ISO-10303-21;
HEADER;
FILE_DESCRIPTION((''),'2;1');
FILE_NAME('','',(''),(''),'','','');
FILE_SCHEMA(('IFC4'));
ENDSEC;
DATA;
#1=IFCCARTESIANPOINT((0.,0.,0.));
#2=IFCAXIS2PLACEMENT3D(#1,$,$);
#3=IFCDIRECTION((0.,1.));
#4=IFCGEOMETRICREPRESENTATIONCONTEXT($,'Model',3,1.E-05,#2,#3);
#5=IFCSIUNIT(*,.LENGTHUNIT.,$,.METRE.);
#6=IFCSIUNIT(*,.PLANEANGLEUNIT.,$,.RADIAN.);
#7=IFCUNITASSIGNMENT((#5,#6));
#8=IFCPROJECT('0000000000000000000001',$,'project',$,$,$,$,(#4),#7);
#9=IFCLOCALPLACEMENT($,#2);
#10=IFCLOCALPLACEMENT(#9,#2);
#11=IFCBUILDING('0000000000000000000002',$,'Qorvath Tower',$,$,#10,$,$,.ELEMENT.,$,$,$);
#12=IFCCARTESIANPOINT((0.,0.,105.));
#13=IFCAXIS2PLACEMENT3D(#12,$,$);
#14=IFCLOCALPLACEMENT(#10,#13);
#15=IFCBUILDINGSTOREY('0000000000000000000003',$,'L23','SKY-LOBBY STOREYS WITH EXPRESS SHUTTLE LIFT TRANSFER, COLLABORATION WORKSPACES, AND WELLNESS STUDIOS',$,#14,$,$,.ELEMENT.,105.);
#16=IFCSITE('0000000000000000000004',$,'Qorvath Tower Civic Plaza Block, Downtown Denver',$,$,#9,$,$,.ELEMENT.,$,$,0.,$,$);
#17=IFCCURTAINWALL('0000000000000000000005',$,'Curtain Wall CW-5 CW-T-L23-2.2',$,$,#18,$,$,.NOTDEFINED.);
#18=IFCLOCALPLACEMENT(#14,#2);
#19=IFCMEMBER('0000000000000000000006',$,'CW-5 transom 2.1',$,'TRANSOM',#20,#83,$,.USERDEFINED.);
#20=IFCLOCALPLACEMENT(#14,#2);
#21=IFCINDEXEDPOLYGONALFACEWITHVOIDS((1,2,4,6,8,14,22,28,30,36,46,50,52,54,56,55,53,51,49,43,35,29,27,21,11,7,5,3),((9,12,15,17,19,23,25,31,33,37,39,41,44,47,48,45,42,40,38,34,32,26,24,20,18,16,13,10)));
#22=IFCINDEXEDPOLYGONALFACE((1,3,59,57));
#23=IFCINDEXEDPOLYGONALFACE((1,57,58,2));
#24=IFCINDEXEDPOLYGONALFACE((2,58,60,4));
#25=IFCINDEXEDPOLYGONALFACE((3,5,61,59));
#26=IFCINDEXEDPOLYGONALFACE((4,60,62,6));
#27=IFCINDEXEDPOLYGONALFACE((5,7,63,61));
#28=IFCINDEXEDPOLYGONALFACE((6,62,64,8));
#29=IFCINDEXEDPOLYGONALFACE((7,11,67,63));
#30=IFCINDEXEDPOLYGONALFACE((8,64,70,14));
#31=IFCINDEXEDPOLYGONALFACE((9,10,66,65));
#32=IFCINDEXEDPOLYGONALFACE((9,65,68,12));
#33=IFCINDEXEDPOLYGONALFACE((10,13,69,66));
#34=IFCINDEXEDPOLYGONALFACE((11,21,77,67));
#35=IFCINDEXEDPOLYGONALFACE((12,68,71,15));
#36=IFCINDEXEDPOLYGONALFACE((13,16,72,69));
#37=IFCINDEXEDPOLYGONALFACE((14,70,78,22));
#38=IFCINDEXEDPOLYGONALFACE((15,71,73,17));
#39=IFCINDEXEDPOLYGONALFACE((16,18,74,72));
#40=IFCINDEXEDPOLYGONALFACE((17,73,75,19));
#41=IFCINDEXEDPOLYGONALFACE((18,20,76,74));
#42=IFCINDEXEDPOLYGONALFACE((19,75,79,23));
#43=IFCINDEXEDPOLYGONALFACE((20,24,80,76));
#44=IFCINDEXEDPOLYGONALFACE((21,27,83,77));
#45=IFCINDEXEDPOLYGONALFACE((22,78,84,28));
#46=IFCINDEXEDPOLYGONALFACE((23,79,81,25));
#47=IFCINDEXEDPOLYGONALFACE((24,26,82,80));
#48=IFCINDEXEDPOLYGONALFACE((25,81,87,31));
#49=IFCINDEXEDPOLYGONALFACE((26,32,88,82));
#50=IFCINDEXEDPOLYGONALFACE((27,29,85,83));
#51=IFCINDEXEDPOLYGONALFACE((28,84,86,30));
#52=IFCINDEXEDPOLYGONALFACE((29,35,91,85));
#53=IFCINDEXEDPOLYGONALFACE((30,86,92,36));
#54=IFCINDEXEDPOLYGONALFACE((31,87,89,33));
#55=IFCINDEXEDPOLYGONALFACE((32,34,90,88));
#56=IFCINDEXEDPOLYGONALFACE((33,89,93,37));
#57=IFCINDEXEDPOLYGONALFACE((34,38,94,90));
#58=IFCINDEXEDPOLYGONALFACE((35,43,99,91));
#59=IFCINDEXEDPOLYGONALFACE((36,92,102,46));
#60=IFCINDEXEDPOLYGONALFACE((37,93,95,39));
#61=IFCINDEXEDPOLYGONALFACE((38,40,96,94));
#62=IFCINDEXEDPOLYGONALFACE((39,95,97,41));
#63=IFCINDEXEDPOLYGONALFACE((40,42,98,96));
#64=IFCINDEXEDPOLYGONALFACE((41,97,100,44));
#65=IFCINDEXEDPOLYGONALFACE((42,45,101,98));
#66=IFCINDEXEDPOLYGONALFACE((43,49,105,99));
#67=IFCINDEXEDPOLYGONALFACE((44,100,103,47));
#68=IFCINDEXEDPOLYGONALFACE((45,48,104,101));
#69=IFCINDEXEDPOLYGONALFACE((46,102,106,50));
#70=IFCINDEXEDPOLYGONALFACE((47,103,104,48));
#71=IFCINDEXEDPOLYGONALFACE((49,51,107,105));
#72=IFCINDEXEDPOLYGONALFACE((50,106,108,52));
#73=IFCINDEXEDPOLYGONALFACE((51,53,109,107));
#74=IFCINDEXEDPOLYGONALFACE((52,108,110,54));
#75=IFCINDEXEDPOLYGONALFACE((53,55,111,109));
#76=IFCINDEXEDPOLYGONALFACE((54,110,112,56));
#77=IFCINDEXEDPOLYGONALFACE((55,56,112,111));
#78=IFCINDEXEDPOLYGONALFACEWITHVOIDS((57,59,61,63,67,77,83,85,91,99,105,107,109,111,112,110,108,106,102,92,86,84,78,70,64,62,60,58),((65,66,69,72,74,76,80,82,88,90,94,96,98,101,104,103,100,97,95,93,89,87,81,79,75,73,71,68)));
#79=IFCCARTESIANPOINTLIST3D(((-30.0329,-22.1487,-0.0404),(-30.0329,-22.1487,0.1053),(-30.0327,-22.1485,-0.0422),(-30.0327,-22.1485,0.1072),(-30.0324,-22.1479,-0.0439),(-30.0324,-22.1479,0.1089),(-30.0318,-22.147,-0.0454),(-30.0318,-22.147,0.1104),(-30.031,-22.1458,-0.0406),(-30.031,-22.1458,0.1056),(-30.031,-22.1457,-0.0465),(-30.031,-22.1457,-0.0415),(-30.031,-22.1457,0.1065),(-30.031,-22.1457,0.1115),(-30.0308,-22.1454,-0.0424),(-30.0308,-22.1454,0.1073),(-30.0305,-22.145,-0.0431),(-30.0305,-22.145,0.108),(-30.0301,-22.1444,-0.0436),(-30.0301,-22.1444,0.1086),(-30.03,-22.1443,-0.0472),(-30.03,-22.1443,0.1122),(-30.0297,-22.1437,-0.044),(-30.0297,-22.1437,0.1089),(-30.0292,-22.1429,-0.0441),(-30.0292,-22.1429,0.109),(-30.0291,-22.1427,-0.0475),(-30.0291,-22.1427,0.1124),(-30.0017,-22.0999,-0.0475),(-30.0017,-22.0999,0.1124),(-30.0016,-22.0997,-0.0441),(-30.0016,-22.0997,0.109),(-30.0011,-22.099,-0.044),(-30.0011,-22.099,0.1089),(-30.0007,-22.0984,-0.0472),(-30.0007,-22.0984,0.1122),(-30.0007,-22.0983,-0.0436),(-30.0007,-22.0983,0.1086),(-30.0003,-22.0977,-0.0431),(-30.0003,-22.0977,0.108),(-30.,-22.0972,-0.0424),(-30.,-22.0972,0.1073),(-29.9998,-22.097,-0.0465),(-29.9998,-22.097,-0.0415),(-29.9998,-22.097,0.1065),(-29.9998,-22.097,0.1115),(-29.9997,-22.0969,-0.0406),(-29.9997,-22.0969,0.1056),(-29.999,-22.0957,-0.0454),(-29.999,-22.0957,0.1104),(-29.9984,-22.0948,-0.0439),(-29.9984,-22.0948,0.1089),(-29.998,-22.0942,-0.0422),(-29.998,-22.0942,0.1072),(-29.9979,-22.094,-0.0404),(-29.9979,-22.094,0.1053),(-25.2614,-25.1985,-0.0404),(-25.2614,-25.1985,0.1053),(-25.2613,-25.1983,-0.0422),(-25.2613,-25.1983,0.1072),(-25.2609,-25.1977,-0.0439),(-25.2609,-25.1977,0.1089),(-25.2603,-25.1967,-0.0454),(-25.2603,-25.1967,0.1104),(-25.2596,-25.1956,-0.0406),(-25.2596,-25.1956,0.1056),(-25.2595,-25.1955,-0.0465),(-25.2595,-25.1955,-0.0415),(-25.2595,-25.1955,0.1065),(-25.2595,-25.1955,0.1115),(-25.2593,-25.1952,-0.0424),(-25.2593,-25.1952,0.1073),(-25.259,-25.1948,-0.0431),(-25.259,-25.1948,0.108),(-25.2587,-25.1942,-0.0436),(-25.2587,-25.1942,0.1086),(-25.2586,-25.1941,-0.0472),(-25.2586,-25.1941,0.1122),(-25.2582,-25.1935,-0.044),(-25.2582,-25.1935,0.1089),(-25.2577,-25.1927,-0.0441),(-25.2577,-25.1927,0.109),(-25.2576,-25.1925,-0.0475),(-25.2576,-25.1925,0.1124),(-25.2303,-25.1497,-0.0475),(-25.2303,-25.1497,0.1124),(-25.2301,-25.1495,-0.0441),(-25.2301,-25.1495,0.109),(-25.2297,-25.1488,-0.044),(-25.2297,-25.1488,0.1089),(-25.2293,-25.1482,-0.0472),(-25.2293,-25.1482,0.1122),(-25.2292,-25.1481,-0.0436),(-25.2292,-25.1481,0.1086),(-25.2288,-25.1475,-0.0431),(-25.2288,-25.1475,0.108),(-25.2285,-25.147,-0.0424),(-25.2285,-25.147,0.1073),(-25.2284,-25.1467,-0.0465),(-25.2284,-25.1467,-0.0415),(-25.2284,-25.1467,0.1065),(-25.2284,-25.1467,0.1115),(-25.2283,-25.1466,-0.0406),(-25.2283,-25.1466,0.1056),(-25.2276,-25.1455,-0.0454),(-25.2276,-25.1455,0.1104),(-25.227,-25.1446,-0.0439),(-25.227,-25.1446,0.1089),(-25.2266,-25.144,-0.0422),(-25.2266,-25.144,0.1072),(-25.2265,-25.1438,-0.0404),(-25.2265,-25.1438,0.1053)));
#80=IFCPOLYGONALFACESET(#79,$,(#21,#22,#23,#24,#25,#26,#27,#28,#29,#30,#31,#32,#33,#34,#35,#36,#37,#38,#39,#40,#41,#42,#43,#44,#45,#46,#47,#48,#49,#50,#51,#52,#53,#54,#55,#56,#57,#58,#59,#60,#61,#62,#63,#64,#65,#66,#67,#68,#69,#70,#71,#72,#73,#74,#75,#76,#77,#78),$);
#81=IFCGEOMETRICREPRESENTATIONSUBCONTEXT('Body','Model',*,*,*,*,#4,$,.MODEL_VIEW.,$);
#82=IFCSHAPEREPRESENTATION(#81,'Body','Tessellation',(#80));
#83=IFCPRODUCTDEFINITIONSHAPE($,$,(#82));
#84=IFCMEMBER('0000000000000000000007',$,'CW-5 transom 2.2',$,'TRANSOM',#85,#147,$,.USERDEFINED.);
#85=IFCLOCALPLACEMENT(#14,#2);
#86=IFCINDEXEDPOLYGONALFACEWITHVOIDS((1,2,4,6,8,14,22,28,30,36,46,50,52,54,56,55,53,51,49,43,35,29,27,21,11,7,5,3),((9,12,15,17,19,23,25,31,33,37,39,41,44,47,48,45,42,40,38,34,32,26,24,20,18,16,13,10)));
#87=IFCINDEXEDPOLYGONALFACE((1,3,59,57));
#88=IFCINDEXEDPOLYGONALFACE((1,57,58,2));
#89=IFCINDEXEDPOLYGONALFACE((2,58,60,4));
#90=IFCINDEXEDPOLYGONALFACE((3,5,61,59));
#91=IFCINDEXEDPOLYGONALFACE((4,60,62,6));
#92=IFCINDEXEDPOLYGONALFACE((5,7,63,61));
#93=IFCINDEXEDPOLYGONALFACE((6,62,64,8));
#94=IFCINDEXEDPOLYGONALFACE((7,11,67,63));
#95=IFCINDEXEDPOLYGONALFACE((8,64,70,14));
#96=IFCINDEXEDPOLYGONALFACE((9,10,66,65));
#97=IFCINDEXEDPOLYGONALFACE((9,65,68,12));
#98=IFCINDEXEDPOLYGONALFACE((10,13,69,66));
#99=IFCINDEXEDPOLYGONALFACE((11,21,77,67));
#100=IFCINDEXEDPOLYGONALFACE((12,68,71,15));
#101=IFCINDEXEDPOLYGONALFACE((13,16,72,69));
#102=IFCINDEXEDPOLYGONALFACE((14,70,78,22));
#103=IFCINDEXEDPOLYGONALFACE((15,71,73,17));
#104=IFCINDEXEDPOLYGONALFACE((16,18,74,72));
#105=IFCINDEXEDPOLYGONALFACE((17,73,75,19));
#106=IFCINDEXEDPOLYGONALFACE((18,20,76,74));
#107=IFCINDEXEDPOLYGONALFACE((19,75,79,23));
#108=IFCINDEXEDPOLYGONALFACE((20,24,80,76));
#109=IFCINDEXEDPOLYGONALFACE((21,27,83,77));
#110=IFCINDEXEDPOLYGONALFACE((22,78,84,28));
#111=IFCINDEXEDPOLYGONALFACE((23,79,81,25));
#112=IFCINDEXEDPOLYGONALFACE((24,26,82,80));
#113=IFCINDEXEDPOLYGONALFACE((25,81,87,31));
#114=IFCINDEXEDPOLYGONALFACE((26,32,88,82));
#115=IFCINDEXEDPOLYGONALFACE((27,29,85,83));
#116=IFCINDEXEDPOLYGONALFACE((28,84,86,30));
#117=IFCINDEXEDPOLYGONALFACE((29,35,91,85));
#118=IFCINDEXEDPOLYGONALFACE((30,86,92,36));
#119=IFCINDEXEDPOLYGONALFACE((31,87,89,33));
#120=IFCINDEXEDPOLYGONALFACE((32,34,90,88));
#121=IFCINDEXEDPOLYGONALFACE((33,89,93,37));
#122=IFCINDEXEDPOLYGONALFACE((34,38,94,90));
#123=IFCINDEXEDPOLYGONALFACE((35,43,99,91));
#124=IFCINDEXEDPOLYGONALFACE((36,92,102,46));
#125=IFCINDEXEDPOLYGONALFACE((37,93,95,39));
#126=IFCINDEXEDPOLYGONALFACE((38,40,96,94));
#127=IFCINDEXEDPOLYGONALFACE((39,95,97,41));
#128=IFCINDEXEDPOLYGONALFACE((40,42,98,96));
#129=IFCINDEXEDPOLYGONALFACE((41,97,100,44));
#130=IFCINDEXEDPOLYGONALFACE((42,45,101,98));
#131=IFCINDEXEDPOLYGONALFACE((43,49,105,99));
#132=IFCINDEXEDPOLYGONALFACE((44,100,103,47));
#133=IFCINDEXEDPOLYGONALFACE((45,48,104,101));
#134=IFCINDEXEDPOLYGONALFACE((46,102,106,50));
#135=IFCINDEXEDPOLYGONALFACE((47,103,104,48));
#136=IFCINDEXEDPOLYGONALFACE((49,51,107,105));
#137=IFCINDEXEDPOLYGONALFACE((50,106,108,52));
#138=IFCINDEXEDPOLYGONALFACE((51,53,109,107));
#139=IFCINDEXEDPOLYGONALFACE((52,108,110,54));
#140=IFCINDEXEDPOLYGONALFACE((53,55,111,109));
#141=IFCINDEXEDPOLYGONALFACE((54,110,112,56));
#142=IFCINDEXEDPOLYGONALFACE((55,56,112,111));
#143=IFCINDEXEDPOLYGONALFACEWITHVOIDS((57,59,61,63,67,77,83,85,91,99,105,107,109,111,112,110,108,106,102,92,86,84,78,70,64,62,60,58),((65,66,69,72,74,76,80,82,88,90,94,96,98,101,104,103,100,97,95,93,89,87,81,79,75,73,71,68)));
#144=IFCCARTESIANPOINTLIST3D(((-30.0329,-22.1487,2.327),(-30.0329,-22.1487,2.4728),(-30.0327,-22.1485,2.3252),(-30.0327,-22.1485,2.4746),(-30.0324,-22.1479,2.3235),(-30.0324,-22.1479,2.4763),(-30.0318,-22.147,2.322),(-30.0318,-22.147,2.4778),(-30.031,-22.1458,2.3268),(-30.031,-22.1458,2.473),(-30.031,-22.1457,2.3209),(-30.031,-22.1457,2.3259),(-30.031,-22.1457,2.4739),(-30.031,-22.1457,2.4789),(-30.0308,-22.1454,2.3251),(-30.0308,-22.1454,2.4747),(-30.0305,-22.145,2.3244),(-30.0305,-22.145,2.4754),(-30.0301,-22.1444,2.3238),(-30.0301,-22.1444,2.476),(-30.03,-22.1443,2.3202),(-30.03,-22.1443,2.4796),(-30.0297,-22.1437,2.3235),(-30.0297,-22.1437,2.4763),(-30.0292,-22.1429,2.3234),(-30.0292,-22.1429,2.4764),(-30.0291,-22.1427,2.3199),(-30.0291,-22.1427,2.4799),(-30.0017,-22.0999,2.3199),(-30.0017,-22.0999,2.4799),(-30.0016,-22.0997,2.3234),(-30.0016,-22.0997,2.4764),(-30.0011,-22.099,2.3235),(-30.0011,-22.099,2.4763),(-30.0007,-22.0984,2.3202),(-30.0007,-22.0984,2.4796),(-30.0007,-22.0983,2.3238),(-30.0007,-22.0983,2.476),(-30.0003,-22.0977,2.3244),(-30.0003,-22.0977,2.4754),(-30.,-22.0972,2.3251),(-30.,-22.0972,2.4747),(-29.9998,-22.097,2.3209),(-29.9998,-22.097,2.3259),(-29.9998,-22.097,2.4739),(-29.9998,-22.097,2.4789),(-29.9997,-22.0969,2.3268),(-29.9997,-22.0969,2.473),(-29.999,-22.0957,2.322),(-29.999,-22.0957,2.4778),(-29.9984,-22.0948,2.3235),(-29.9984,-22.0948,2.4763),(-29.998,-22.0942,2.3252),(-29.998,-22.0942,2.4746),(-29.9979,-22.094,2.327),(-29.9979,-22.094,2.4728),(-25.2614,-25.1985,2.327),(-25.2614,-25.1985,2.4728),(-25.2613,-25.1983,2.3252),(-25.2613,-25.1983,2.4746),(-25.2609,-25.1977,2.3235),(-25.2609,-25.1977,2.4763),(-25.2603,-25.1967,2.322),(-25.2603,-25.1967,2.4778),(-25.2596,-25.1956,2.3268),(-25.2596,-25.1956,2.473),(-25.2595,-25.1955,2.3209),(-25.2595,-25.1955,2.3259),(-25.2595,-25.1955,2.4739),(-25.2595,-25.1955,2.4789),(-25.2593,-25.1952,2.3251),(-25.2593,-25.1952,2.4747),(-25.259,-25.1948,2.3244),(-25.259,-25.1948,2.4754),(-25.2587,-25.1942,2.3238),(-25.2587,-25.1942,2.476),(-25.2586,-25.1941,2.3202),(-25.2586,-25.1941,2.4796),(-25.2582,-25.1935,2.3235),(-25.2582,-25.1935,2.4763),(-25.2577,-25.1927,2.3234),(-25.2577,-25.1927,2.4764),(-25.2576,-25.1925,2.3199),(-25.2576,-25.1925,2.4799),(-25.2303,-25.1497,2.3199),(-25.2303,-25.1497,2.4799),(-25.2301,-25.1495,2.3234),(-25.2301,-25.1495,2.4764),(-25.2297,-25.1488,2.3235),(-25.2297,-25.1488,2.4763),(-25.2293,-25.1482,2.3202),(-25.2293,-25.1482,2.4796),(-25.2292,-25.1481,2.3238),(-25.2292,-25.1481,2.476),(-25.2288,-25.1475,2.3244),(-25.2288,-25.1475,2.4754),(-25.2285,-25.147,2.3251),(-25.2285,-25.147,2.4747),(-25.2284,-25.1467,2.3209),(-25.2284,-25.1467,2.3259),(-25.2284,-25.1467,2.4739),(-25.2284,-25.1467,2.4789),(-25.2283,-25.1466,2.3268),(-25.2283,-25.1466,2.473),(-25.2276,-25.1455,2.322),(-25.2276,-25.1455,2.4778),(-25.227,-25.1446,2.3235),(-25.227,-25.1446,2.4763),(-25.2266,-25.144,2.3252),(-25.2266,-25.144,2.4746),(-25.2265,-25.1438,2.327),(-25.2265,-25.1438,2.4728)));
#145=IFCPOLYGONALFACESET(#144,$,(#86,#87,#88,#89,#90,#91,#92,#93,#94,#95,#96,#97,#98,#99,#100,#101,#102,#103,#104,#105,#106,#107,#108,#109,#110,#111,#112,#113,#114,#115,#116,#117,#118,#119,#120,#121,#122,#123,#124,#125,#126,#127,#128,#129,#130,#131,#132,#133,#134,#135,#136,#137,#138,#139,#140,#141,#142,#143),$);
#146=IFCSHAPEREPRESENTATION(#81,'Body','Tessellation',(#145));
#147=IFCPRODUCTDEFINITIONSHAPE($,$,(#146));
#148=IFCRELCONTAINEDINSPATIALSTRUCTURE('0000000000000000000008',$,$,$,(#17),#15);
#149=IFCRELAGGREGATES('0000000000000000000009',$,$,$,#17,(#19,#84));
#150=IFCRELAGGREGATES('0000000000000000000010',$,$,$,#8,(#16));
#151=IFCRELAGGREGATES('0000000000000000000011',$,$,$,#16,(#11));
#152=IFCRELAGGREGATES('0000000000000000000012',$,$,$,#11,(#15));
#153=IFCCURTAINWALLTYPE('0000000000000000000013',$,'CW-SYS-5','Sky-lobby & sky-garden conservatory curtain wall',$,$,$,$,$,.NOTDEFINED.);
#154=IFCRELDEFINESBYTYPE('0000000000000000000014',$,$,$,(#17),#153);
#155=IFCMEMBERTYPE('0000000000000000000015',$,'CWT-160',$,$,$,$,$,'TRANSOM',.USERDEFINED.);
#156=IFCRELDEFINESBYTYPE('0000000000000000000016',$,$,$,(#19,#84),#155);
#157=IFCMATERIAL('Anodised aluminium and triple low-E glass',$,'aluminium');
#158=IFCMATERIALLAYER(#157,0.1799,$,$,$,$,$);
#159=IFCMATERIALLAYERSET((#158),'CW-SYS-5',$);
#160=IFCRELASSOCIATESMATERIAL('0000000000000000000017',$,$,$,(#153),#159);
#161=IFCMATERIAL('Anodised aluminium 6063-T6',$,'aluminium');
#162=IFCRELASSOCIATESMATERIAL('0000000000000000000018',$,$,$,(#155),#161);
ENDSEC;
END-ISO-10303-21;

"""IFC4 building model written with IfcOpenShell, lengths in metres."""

from ifc_helpers import new_model, si_unit, direction, frame, origin, origin_2d, place, context, subcontext, project, spatial, hollow_rectangle, extrude, material, layer, layer_set, material_profile, profile_set, type_object, element, aggregate, save


model = new_model("IFC4")

# Units and contexts
model_context = context("Model", 3, precision=1e-05, world=origin(), true_north=direction((0.0, 1.0)))
body_context = subcontext(model_context, "Body", "Model", "MODEL_VIEW")
ifc_project = project(units=[si_unit("LENGTHUNIT", "METRE"), si_unit("PLANEANGLEUNIT", "RADIAN")], contexts=[model_context])

# Site, building, storey
site_placement = place(None, origin())
site = spatial("IfcSite", under=ifc_project, at=site_placement, Name="Qorvath Tower Civic Plaza Block, Downtown Denver", CompositionType="ELEMENT", RefElevation=0.0)
building_placement = place(site_placement, origin())
building = spatial("IfcBuilding", under=site, at=building_placement, Name="Qorvath Tower", CompositionType="ELEMENT")
storey_placement = place(building_placement, frame((0.0, 0.0, 105.0)))
storey = spatial("IfcBuildingStorey", under=building, at=storey_placement, Name="L23", Description="SKY-LOBBY STOREYS WITH EXPRESS SHUTTLE LIFT TRANSFER, COLLABORATION WORKSPACES, AND WELLNESS STUDIOS", CompositionType="ELEMENT", Elevation=105.0)

# Curtain wall, members
ifc_material_1 = material(Name="Anodised aluminium and triple low-E glass", Category="aluminium")
ifc_layer_1 = layer(ifc_material_1, 0.1799)
ifc_layer_set_1 = layer_set([ifc_layer_1], Name="CW-SYS-5")
curtain_wall_type = type_object("IfcCurtainWallType", Name="CW-SYS-5", Description="Sky-lobby & sky-garden conservatory curtain wall", PredefinedType="NOTDEFINED", material=ifc_layer_set_1)
curtain_wall_placement = place(storey_placement, origin())
curtain_wall = element("IfcCurtainWall", 1, at=curtain_wall_placement, inside=storey, type_object=curtain_wall_type, Name="Curtain Wall CW-5 CW-T-L23-2.2", PredefinedType="NOTDEFINED")
ifc_material_2 = material(Name="Anodised aluminium 6063-T6", Category="aluminium")
ifc_material_profile_1 = material_profile(ifc_material_2, hollow_rectangle(XDim=0.0649, YDim=0.1599, WallThickness=0.0034, InnerFilletRadius=0.0034, OuterFilletRadius=0.0071, at=origin_2d()), Name="CWT 160x65")
ifc_profile_set_1 = profile_set([ifc_material_profile_1], Name="Anodised aluminium 6063-T6")
member_type_1 = type_object("IfcMemberType", Name="CWT-160", ElementType="TRANSOM", PredefinedType="USERDEFINED", material=ifc_profile_set_1)
member_1_placement = place(storey_placement, frame((-30.0154, -22.1213, 0.0325), z_axis=(0.842588, -0.538559, 0.0), x_axis=(0.538559, 0.842588, 0.0)))
member_1 = element("IfcMember", 2, at=member_1_placement, type_object=member_type_1, Name="CW-5 transom 2.1", ObjectType="TRANSOM", PredefinedType="USERDEFINED", context=body_context, shape_type="SweptSolid", body=[
    extrude(hollow_rectangle(XDim=0.0649, YDim=0.1599, WallThickness=0.0034, InnerFilletRadius=0.0034, OuterFilletRadius=0.0071, at=origin_2d()), origin(), (0.0, 0.0, 1.0), 5.6628),
])
member_2_placement = place(storey_placement, frame((-30.0154, -22.1213, 2.3999), z_axis=(0.842588, -0.538559, 0.0), x_axis=(0.538559, 0.842588, 0.0)))
member_2 = element("IfcMember", 3, at=member_2_placement, type_object=member_type_1, Name="CW-5 transom 2.2", ObjectType="TRANSOM", PredefinedType="USERDEFINED", context=body_context, shape_type="SweptSolid", body=[
    extrude(hollow_rectangle(XDim=0.0649, YDim=0.1599, WallThickness=0.0034, InnerFilletRadius=0.0034, OuterFilletRadius=0.0071, at=origin_2d()), origin(), (0.0, 0.0, 1.0), 5.6628),
])

aggregate(curtain_wall, [member_1, member_2])

save(model, "model.ifc")
